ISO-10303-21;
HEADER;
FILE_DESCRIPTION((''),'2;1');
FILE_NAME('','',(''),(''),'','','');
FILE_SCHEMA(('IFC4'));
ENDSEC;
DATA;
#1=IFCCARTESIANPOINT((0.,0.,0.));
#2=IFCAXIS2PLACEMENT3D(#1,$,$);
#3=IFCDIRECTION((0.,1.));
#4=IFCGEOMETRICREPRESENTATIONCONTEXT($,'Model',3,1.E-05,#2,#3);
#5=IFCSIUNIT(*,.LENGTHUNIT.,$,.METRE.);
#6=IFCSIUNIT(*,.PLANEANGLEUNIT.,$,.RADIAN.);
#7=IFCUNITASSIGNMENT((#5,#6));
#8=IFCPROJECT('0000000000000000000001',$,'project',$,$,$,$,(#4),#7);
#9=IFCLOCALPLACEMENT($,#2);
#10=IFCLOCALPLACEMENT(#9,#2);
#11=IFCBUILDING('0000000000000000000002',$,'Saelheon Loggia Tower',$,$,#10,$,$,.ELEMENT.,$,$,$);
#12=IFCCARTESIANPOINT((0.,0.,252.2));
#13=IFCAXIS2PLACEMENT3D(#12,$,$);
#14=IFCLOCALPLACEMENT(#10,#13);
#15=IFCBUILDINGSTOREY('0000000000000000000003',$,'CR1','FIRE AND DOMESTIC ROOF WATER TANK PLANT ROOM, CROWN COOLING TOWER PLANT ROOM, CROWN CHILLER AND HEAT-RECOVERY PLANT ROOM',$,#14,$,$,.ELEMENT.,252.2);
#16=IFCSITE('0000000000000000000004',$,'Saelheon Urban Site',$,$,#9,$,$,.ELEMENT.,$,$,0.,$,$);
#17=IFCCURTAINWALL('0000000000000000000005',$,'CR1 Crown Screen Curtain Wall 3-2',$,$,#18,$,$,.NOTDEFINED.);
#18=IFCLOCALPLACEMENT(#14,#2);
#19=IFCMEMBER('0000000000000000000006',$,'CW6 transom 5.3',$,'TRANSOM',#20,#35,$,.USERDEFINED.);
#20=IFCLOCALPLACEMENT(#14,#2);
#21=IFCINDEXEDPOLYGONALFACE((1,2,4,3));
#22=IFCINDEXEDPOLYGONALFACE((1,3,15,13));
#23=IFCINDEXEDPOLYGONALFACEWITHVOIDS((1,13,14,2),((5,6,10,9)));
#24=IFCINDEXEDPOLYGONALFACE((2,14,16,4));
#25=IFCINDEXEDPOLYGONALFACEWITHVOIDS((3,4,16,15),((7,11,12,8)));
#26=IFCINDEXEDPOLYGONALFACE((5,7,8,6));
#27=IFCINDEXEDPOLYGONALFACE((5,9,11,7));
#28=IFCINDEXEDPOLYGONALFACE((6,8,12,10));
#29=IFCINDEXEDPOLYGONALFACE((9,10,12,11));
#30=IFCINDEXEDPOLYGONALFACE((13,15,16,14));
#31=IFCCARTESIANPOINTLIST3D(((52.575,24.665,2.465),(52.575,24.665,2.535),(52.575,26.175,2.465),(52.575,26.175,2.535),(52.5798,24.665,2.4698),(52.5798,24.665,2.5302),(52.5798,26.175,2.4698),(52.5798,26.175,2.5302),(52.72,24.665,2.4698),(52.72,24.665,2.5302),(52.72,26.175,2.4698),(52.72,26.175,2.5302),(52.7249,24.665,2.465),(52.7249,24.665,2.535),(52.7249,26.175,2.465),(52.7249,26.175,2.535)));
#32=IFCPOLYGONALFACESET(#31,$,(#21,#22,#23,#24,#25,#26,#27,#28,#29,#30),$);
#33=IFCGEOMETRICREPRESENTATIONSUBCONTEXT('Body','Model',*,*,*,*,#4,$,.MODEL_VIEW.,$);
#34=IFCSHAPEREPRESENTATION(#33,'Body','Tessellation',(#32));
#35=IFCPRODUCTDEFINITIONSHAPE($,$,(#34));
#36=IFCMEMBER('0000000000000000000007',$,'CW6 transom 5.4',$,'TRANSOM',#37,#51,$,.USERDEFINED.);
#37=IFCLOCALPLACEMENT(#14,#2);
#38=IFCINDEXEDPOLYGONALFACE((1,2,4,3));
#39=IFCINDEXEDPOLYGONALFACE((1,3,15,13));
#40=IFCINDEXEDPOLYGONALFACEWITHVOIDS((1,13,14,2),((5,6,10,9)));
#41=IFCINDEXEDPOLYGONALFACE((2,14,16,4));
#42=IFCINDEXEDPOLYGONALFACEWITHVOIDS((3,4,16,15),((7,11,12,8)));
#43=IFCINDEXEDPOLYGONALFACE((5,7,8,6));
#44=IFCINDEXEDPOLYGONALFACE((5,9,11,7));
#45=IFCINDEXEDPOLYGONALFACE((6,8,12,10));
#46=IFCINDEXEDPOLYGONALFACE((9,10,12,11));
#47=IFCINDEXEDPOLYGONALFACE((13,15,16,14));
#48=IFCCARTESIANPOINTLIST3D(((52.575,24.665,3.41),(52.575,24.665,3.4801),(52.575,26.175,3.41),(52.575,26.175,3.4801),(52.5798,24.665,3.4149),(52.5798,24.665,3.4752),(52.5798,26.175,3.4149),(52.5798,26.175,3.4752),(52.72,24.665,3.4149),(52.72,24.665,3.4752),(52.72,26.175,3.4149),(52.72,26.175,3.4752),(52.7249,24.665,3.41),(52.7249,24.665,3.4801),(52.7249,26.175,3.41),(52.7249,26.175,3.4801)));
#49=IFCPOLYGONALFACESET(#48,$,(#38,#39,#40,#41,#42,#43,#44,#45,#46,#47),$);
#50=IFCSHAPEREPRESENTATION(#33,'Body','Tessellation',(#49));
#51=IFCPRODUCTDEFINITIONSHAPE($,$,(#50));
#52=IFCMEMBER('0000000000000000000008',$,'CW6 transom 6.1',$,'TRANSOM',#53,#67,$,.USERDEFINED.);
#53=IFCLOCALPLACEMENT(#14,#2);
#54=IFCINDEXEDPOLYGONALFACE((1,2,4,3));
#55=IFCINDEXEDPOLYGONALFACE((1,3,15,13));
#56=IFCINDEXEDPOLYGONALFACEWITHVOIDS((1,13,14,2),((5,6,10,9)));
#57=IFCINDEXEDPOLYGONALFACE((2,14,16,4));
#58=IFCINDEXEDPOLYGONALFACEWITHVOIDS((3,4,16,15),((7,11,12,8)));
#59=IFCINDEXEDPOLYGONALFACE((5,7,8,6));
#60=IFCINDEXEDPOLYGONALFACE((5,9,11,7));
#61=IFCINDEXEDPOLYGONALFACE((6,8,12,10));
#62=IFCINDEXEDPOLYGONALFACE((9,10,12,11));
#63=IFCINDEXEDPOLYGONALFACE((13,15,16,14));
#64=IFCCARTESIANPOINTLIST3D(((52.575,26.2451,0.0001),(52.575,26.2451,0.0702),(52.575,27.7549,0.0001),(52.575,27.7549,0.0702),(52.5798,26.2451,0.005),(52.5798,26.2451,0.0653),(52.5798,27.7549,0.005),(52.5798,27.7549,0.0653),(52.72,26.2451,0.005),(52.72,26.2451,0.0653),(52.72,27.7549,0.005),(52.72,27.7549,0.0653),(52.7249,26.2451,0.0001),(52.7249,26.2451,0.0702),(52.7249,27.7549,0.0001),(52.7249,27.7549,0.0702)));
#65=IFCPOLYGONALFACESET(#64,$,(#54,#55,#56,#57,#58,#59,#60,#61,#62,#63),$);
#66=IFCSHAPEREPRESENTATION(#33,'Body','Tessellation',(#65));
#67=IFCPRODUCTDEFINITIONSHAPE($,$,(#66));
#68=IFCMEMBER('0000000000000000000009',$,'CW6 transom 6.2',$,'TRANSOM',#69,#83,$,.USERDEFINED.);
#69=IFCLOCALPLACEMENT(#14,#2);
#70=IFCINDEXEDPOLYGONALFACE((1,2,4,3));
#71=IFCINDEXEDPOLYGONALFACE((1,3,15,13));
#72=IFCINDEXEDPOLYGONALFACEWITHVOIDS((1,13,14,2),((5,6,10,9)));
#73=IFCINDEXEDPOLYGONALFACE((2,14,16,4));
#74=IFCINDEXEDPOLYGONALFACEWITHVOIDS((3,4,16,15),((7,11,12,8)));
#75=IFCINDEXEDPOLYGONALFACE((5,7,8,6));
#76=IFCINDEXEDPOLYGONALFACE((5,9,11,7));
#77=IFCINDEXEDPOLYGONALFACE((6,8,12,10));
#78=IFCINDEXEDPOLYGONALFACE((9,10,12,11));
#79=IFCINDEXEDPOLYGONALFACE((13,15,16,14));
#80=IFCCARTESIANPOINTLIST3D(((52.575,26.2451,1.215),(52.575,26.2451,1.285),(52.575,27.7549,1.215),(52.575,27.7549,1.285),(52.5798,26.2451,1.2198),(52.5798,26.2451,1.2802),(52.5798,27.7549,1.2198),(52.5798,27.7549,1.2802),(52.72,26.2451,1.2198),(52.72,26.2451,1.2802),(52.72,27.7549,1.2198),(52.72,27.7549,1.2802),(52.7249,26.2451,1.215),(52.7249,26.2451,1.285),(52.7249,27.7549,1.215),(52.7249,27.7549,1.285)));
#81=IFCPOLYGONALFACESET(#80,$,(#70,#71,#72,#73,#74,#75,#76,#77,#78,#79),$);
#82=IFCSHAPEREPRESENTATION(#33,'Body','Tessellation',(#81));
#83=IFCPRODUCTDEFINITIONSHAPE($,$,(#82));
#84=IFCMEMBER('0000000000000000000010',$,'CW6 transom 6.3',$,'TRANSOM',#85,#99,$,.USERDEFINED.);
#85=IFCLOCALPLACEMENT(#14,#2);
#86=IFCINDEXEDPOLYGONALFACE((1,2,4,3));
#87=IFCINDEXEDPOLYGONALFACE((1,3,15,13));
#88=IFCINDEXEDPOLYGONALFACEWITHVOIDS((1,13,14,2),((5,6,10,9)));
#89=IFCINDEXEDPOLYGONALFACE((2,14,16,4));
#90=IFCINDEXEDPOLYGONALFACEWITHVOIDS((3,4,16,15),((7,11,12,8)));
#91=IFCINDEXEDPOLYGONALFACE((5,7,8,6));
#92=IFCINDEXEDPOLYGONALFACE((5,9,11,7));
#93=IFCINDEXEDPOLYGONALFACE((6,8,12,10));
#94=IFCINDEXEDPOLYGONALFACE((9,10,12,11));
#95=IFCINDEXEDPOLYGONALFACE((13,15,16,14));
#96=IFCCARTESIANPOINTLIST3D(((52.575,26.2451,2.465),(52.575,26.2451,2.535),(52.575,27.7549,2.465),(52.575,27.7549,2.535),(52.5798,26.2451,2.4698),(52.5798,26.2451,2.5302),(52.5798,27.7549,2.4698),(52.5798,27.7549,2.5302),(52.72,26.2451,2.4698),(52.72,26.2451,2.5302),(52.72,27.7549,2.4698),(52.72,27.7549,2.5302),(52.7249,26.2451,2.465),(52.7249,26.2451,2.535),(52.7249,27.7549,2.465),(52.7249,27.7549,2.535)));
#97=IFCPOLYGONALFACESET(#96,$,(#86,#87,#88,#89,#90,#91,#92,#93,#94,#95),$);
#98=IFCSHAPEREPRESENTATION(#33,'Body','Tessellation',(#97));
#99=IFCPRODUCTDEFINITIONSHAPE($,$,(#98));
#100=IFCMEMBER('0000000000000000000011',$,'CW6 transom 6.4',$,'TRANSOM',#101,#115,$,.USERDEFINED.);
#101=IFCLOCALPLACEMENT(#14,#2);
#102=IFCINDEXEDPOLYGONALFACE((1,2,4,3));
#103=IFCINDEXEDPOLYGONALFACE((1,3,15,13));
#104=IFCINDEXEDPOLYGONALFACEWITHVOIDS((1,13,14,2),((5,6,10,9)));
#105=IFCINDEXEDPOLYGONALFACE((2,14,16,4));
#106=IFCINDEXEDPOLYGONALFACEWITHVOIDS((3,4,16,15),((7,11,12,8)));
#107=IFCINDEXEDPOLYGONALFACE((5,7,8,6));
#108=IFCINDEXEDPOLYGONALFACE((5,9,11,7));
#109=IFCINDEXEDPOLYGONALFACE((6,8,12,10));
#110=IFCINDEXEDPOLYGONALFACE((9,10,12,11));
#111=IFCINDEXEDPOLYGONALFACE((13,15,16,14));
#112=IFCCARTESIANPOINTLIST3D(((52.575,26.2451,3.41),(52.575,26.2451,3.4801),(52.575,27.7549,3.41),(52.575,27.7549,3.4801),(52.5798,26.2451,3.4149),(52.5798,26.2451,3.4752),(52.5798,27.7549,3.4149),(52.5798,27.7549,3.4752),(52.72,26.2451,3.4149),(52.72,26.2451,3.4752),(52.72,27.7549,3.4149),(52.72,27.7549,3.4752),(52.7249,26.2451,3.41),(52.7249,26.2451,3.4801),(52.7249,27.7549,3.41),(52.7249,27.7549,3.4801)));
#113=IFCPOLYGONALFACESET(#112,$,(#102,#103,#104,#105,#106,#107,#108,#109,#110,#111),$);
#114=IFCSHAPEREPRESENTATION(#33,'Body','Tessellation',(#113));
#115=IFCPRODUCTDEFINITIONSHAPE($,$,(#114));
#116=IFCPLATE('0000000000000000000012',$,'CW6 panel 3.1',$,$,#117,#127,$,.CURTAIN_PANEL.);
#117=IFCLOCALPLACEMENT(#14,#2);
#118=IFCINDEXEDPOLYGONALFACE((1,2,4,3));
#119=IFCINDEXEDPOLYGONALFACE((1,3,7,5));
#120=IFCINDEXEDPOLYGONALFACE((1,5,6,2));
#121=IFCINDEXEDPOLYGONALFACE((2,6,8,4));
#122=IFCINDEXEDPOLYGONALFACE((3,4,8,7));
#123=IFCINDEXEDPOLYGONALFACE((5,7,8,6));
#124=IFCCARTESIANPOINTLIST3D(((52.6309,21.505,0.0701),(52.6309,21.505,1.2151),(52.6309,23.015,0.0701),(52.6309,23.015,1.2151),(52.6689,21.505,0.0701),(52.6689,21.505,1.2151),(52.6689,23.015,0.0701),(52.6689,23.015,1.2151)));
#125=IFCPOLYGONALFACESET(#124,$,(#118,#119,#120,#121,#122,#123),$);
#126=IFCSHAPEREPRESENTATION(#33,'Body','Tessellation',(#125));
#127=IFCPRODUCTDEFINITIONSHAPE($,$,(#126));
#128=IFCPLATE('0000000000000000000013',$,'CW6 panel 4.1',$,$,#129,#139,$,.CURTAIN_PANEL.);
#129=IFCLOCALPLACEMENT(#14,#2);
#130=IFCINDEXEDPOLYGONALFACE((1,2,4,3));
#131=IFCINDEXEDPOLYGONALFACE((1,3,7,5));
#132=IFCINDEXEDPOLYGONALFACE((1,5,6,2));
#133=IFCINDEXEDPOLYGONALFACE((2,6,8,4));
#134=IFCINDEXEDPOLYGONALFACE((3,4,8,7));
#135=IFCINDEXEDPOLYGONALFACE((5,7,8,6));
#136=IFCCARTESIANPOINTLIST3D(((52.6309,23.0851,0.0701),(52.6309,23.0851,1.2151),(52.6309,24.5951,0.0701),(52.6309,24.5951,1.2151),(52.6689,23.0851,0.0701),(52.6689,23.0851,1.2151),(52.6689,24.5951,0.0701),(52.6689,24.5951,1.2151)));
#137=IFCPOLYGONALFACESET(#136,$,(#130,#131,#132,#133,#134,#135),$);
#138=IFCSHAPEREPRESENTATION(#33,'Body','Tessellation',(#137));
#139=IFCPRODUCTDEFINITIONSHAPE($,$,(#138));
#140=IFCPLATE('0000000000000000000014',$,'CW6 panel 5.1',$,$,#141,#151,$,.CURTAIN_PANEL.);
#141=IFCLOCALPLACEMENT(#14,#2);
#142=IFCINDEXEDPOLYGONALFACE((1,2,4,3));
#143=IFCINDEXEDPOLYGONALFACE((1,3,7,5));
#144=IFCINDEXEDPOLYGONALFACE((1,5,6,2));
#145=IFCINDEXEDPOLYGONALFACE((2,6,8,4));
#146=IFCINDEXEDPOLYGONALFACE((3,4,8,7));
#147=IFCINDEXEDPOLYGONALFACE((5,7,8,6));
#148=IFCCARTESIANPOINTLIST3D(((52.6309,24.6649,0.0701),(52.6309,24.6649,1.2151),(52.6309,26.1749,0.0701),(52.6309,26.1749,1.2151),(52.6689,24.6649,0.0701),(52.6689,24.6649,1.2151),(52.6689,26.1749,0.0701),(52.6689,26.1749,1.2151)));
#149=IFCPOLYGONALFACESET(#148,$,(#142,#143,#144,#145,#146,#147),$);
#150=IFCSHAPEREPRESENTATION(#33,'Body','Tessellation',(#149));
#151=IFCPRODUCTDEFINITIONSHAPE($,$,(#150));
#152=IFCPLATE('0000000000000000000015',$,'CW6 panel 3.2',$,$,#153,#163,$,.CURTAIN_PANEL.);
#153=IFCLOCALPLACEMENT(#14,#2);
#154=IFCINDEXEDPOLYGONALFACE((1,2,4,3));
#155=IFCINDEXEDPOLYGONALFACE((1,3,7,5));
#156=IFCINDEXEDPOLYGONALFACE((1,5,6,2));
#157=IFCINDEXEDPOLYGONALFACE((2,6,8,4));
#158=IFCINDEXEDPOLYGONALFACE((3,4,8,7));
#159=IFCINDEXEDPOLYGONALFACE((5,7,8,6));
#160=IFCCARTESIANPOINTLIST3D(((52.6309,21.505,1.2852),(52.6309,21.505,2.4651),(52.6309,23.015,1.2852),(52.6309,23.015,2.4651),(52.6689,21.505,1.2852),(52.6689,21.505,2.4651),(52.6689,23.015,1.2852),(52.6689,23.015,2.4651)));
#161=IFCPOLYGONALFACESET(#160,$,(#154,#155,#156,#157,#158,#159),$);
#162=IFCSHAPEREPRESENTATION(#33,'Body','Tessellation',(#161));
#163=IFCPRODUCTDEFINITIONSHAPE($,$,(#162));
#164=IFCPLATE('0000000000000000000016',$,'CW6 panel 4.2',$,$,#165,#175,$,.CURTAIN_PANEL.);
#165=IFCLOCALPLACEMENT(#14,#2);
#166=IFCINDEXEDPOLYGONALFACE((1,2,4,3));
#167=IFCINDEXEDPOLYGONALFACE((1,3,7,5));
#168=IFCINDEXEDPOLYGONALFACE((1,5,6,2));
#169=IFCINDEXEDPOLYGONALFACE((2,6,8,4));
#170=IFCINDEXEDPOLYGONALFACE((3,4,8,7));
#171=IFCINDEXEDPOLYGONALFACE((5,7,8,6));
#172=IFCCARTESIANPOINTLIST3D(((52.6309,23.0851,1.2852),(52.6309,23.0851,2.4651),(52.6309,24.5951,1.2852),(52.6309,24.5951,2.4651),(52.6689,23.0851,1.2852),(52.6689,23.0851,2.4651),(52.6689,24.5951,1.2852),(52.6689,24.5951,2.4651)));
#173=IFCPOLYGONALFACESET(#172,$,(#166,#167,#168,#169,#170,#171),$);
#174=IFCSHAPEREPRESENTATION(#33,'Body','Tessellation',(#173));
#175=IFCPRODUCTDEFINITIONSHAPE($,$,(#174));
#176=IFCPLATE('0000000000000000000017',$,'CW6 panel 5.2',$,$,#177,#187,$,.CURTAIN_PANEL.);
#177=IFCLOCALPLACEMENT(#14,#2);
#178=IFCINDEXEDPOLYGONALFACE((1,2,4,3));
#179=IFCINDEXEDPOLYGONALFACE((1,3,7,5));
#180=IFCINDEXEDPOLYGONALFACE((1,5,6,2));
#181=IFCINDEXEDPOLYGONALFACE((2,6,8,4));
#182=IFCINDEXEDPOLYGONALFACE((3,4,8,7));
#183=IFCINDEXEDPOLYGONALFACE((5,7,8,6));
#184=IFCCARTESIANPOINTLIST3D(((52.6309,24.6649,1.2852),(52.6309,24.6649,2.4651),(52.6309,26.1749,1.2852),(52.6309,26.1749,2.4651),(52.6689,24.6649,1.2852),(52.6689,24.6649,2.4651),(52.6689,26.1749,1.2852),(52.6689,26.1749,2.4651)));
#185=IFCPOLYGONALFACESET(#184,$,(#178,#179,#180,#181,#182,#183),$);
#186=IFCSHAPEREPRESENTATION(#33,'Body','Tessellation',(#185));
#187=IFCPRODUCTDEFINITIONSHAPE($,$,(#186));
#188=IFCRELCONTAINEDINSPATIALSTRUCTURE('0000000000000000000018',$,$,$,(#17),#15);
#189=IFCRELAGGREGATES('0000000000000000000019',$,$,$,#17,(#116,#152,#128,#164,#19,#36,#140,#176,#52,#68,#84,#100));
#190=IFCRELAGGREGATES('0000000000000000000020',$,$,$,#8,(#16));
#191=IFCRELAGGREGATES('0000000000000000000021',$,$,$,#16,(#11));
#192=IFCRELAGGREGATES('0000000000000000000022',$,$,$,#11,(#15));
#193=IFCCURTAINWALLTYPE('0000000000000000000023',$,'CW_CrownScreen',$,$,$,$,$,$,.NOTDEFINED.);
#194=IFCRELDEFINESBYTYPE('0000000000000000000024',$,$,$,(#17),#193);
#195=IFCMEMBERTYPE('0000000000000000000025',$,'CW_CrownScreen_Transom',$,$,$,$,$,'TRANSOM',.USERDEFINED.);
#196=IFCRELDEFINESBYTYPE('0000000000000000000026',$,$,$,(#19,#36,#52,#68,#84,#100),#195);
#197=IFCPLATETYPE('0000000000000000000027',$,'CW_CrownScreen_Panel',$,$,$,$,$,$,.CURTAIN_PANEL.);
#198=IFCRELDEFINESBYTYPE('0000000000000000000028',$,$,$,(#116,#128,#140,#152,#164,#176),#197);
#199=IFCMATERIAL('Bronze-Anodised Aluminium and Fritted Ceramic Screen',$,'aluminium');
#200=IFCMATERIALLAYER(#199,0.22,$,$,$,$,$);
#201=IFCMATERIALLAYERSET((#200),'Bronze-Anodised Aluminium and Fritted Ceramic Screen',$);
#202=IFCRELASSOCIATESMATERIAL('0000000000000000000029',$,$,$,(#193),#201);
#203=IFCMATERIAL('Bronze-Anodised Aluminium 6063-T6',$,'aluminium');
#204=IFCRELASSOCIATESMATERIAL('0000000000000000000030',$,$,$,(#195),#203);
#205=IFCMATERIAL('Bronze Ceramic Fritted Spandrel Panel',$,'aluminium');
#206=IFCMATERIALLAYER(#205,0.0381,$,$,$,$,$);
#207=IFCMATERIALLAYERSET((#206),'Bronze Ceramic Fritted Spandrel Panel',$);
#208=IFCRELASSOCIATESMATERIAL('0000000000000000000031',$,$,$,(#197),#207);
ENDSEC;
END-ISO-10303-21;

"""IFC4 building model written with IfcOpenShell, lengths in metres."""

from ifc_helpers import new_model, si_unit, direction, frame, origin, origin_2d, place, context, subcontext, project, spatial, rectangle, hollow_rectangle, extrude, source, transform, mapped, material, layer, layer_set, material_profile, profile_set, type_object, element, aggregate, save


model = new_model("IFC4")

# Units and contexts
model_context = context("Model", 3, precision=1e-05, world=origin(), true_north=direction((0.0, 1.0)))
body_context = subcontext(model_context, "Body", "Model", "MODEL_VIEW")
ifc_project = project(units=[si_unit("LENGTHUNIT", "METRE"), si_unit("PLANEANGLEUNIT", "RADIAN")], contexts=[model_context])

# Site, building, storey
site_placement = place(None, origin())
site = spatial("IfcSite", under=ifc_project, at=site_placement, Name="Saelheon Urban Site", CompositionType="ELEMENT", RefElevation=0.0)
building_placement = place(site_placement, origin())
building = spatial("IfcBuilding", under=site, at=building_placement, Name="Saelheon Loggia Tower", CompositionType="ELEMENT")
storey_placement = place(building_placement, frame((0.0, 0.0, 252.2)))
storey = spatial("IfcBuildingStorey", under=building, at=storey_placement, Name="CR1", Description="FIRE AND DOMESTIC ROOF WATER TANK PLANT ROOM, CROWN COOLING TOWER PLANT ROOM, CROWN CHILLER AND HEAT-RECOVERY PLANT ROOM", CompositionType="ELEMENT", Elevation=252.2)

# Curtain wall, members, plates
ifc_material_1 = material(Name="Bronze-Anodised Aluminium and Fritted Ceramic Screen", Category="aluminium")
ifc_layer_1 = layer(ifc_material_1, 0.22)
ifc_layer_set_1 = layer_set([ifc_layer_1], Name="Bronze-Anodised Aluminium and Fritted Ceramic Screen")
curtain_wall_type = type_object("IfcCurtainWallType", Name="CW_CrownScreen", PredefinedType="NOTDEFINED", material=ifc_layer_set_1)
curtain_wall_placement = place(storey_placement, origin())
curtain_wall = element("IfcCurtainWall", 1, at=curtain_wall_placement, inside=storey, type_object=curtain_wall_type, Name="CR1 Crown Screen Curtain Wall 3-2", PredefinedType="NOTDEFINED")
ifc_material_2 = material(Name="Bronze-Anodised Aluminium 6063-T6", Category="aluminium")
ifc_material_profile_1 = material_profile(ifc_material_2, hollow_rectangle(XDim=0.0701, YDim=0.1499, WallThickness=0.0049, at=origin_2d()), Name="RHS-150x70x5")
ifc_profile_set_1 = profile_set([ifc_material_profile_1], Name="Bronze-Anodised Aluminium 6063-T6")
member_type_1 = type_object("IfcMemberType", Name="CW_CrownScreen_Transom", ElementType="TRANSOM", PredefinedType="USERDEFINED", material=ifc_profile_set_1)
shared_shape_1 = source(origin(), body_context, "Body", "SweptSolid", [
    extrude(hollow_rectangle(XDim=0.0701, YDim=0.1499, WallThickness=0.0049, at=origin_2d()), origin(), (0.0, 0.0, 1.0), 1.51),
])
member_1_placement = place(storey_placement, frame((52.6499, 24.665, 2.5), z_axis=(0.0, 1.0, 0.0), x_axis=(0.0, 0.0, 1.0)))
member_1 = element("IfcMember", 2, at=member_1_placement, type_object=member_type_1, Name="CW6 transom 5.3", ObjectType="TRANSOM", PredefinedType="USERDEFINED", context=body_context, shape_type="MappedRepresentation", body=[
    mapped(shared_shape_1, transform((0.0, 0.0, 0.0), scale=1.0)),
])
member_2_placement = place(storey_placement, frame((52.6499, 24.665, 3.4451), z_axis=(0.0, 1.0, 0.0), x_axis=(0.0, 0.0, 1.0)))
member_2 = element("IfcMember", 3, at=member_2_placement, type_object=member_type_1, Name="CW6 transom 5.4", ObjectType="TRANSOM", PredefinedType="USERDEFINED", context=body_context, shape_type="MappedRepresentation", body=[
    mapped(shared_shape_1, transform((0.0, 0.0, 0.0), scale=1.0)),
])
shared_shape_2 = source(origin(), body_context, "Body", "SweptSolid", [
    extrude(hollow_rectangle(XDim=0.0701, YDim=0.1499, WallThickness=0.0049, at=origin_2d()), origin(), (0.0, 0.0, 1.0), 1.5098),
])
member_3_placement = place(storey_placement, frame((52.6499, 26.2451, 0.0352), z_axis=(0.0, 1.0, 0.0), x_axis=(0.0, 0.0, 1.0)))
member_3 = element("IfcMember", 4, at=member_3_placement, type_object=member_type_1, Name="CW6 transom 6.1", ObjectType="TRANSOM", PredefinedType="USERDEFINED", context=body_context, shape_type="MappedRepresentation", body=[
    mapped(shared_shape_2, transform((0.0, 0.0, 0.0), scale=1.0)),
])
member_4_placement = place(storey_placement, frame((52.6499, 26.2451, 1.25), z_axis=(0.0, 1.0, 0.0), x_axis=(0.0, 0.0, 1.0)))
member_4 = element("IfcMember", 5, at=member_4_placement, type_object=member_type_1, Name="CW6 transom 6.2", ObjectType="TRANSOM", PredefinedType="USERDEFINED", context=body_context, shape_type="MappedRepresentation", body=[
    mapped(shared_shape_2, transform((0.0, 0.0, 0.0), scale=1.0)),
])
member_5_placement = place(storey_placement, frame((52.6499, 26.2451, 2.5), z_axis=(0.0, 1.0, 0.0), x_axis=(0.0, 0.0, 1.0)))
member_5 = element("IfcMember", 6, at=member_5_placement, type_object=member_type_1, Name="CW6 transom 6.3", ObjectType="TRANSOM", PredefinedType="USERDEFINED", context=body_context, shape_type="MappedRepresentation", body=[
    mapped(shared_shape_2, transform((0.0, 0.0, 0.0), scale=1.0)),
])
member_6_placement = place(storey_placement, frame((52.6499, 26.2451, 3.4451), z_axis=(0.0, 1.0, 0.0), x_axis=(0.0, 0.0, 1.0)))
member_6 = element("IfcMember", 7, at=member_6_placement, type_object=member_type_1, Name="CW6 transom 6.4", ObjectType="TRANSOM", PredefinedType="USERDEFINED", context=body_context, shape_type="MappedRepresentation", body=[
    mapped(shared_shape_2, transform((0.0, 0.0, 0.0), scale=1.0)),
])
ifc_material_3 = material(Name="Bronze Ceramic Fritted Spandrel Panel", Category="aluminium")
ifc_layer_2 = layer(ifc_material_3, 0.0381)
ifc_layer_set_2 = layer_set([ifc_layer_2], Name="Bronze Ceramic Fritted Spandrel Panel")
plate_type = type_object("IfcPlateType", Name="CW_CrownScreen_Panel", PredefinedType="CURTAIN_PANEL", material=ifc_layer_set_2)
shared_shape_3 = source(origin(), body_context, "Body", "SweptSolid", [
    extrude(rectangle(XDim=1.51, YDim=0.0381, at=origin_2d()), origin(), (0.0, 0.0, 1.0), 1.145),
])
plate_1_placement = place(storey_placement, frame((52.6499, 22.26, 0.0701), z_axis=(0.0, 0.0, 1.0), x_axis=(0.0, 1.0, 0.0)))
plate_1 = element("IfcPlate", 8, at=plate_1_placement, type_object=plate_type, Name="CW6 panel 3.1", PredefinedType="CURTAIN_PANEL", context=body_context, shape_type="MappedRepresentation", body=[
    mapped(shared_shape_3, transform((0.0, 0.0, 0.0), scale=1.0)),
])
plate_2_placement = place(storey_placement, frame((52.6499, 23.8401, 0.0701), z_axis=(0.0, 0.0, 1.0), x_axis=(0.0, 1.0, 0.0)))
plate_2 = element("IfcPlate", 9, at=plate_2_placement, type_object=plate_type, Name="CW6 panel 4.1", PredefinedType="CURTAIN_PANEL", context=body_context, shape_type="MappedRepresentation", body=[
    mapped(shared_shape_3, transform((0.0, 0.0, 0.0), scale=1.0)),
])
plate_3_placement = place(storey_placement, frame((52.6499, 25.4199, 0.0701), z_axis=(0.0, 0.0, 1.0), x_axis=(0.0, 1.0, 0.0)))
plate_3 = element("IfcPlate", 10, at=plate_3_placement, type_object=plate_type, Name="CW6 panel 5.1", PredefinedType="CURTAIN_PANEL", context=body_context, shape_type="MappedRepresentation", body=[
    mapped(shared_shape_3, transform((0.0, 0.0, 0.0), scale=1.0)),
])
shared_shape_4 = source(origin(), body_context, "Body", "SweptSolid", [
    extrude(rectangle(XDim=1.51, YDim=0.0381, at=origin_2d()), origin(), (0.0, 0.0, 1.0), 1.1799),
])
plate_4_placement = place(storey_placement, frame((52.6499, 22.26, 1.2852), z_axis=(0.0, 0.0, 1.0), x_axis=(0.0, 1.0, 0.0)))
plate_4 = element("IfcPlate", 11, at=plate_4_placement, type_object=plate_type, Name="CW6 panel 3.2", PredefinedType="CURTAIN_PANEL", context=body_context, shape_type="MappedRepresentation", body=[
    mapped(shared_shape_4, transform((0.0, 0.0, 0.0), scale=1.0)),
])
plate_5_placement = place(storey_placement, frame((52.6499, 23.8401, 1.2852), z_axis=(0.0, 0.0, 1.0), x_axis=(0.0, 1.0, 0.0)))
plate_5 = element("IfcPlate", 12, at=plate_5_placement, type_object=plate_type, Name="CW6 panel 4.2", PredefinedType="CURTAIN_PANEL", context=body_context, shape_type="MappedRepresentation", body=[
    mapped(shared_shape_4, transform((0.0, 0.0, 0.0), scale=1.0)),
])
plate_6_placement = place(storey_placement, frame((52.6499, 25.4199, 1.2852), z_axis=(0.0, 0.0, 1.0), x_axis=(0.0, 1.0, 0.0)))
plate_6 = element("IfcPlate", 13, at=plate_6_placement, type_object=plate_type, Name="CW6 panel 5.2", PredefinedType="CURTAIN_PANEL", context=body_context, shape_type="MappedRepresentation", body=[
    mapped(shared_shape_4, transform((0.0, 0.0, 0.0), scale=1.0)),
])
aggregate(curtain_wall, [plate_1, plate_4, plate_2, plate_5, member_1, member_2, plate_3, plate_6, member_3, member_4, member_5, member_6])

save(model, "model.ifc")
